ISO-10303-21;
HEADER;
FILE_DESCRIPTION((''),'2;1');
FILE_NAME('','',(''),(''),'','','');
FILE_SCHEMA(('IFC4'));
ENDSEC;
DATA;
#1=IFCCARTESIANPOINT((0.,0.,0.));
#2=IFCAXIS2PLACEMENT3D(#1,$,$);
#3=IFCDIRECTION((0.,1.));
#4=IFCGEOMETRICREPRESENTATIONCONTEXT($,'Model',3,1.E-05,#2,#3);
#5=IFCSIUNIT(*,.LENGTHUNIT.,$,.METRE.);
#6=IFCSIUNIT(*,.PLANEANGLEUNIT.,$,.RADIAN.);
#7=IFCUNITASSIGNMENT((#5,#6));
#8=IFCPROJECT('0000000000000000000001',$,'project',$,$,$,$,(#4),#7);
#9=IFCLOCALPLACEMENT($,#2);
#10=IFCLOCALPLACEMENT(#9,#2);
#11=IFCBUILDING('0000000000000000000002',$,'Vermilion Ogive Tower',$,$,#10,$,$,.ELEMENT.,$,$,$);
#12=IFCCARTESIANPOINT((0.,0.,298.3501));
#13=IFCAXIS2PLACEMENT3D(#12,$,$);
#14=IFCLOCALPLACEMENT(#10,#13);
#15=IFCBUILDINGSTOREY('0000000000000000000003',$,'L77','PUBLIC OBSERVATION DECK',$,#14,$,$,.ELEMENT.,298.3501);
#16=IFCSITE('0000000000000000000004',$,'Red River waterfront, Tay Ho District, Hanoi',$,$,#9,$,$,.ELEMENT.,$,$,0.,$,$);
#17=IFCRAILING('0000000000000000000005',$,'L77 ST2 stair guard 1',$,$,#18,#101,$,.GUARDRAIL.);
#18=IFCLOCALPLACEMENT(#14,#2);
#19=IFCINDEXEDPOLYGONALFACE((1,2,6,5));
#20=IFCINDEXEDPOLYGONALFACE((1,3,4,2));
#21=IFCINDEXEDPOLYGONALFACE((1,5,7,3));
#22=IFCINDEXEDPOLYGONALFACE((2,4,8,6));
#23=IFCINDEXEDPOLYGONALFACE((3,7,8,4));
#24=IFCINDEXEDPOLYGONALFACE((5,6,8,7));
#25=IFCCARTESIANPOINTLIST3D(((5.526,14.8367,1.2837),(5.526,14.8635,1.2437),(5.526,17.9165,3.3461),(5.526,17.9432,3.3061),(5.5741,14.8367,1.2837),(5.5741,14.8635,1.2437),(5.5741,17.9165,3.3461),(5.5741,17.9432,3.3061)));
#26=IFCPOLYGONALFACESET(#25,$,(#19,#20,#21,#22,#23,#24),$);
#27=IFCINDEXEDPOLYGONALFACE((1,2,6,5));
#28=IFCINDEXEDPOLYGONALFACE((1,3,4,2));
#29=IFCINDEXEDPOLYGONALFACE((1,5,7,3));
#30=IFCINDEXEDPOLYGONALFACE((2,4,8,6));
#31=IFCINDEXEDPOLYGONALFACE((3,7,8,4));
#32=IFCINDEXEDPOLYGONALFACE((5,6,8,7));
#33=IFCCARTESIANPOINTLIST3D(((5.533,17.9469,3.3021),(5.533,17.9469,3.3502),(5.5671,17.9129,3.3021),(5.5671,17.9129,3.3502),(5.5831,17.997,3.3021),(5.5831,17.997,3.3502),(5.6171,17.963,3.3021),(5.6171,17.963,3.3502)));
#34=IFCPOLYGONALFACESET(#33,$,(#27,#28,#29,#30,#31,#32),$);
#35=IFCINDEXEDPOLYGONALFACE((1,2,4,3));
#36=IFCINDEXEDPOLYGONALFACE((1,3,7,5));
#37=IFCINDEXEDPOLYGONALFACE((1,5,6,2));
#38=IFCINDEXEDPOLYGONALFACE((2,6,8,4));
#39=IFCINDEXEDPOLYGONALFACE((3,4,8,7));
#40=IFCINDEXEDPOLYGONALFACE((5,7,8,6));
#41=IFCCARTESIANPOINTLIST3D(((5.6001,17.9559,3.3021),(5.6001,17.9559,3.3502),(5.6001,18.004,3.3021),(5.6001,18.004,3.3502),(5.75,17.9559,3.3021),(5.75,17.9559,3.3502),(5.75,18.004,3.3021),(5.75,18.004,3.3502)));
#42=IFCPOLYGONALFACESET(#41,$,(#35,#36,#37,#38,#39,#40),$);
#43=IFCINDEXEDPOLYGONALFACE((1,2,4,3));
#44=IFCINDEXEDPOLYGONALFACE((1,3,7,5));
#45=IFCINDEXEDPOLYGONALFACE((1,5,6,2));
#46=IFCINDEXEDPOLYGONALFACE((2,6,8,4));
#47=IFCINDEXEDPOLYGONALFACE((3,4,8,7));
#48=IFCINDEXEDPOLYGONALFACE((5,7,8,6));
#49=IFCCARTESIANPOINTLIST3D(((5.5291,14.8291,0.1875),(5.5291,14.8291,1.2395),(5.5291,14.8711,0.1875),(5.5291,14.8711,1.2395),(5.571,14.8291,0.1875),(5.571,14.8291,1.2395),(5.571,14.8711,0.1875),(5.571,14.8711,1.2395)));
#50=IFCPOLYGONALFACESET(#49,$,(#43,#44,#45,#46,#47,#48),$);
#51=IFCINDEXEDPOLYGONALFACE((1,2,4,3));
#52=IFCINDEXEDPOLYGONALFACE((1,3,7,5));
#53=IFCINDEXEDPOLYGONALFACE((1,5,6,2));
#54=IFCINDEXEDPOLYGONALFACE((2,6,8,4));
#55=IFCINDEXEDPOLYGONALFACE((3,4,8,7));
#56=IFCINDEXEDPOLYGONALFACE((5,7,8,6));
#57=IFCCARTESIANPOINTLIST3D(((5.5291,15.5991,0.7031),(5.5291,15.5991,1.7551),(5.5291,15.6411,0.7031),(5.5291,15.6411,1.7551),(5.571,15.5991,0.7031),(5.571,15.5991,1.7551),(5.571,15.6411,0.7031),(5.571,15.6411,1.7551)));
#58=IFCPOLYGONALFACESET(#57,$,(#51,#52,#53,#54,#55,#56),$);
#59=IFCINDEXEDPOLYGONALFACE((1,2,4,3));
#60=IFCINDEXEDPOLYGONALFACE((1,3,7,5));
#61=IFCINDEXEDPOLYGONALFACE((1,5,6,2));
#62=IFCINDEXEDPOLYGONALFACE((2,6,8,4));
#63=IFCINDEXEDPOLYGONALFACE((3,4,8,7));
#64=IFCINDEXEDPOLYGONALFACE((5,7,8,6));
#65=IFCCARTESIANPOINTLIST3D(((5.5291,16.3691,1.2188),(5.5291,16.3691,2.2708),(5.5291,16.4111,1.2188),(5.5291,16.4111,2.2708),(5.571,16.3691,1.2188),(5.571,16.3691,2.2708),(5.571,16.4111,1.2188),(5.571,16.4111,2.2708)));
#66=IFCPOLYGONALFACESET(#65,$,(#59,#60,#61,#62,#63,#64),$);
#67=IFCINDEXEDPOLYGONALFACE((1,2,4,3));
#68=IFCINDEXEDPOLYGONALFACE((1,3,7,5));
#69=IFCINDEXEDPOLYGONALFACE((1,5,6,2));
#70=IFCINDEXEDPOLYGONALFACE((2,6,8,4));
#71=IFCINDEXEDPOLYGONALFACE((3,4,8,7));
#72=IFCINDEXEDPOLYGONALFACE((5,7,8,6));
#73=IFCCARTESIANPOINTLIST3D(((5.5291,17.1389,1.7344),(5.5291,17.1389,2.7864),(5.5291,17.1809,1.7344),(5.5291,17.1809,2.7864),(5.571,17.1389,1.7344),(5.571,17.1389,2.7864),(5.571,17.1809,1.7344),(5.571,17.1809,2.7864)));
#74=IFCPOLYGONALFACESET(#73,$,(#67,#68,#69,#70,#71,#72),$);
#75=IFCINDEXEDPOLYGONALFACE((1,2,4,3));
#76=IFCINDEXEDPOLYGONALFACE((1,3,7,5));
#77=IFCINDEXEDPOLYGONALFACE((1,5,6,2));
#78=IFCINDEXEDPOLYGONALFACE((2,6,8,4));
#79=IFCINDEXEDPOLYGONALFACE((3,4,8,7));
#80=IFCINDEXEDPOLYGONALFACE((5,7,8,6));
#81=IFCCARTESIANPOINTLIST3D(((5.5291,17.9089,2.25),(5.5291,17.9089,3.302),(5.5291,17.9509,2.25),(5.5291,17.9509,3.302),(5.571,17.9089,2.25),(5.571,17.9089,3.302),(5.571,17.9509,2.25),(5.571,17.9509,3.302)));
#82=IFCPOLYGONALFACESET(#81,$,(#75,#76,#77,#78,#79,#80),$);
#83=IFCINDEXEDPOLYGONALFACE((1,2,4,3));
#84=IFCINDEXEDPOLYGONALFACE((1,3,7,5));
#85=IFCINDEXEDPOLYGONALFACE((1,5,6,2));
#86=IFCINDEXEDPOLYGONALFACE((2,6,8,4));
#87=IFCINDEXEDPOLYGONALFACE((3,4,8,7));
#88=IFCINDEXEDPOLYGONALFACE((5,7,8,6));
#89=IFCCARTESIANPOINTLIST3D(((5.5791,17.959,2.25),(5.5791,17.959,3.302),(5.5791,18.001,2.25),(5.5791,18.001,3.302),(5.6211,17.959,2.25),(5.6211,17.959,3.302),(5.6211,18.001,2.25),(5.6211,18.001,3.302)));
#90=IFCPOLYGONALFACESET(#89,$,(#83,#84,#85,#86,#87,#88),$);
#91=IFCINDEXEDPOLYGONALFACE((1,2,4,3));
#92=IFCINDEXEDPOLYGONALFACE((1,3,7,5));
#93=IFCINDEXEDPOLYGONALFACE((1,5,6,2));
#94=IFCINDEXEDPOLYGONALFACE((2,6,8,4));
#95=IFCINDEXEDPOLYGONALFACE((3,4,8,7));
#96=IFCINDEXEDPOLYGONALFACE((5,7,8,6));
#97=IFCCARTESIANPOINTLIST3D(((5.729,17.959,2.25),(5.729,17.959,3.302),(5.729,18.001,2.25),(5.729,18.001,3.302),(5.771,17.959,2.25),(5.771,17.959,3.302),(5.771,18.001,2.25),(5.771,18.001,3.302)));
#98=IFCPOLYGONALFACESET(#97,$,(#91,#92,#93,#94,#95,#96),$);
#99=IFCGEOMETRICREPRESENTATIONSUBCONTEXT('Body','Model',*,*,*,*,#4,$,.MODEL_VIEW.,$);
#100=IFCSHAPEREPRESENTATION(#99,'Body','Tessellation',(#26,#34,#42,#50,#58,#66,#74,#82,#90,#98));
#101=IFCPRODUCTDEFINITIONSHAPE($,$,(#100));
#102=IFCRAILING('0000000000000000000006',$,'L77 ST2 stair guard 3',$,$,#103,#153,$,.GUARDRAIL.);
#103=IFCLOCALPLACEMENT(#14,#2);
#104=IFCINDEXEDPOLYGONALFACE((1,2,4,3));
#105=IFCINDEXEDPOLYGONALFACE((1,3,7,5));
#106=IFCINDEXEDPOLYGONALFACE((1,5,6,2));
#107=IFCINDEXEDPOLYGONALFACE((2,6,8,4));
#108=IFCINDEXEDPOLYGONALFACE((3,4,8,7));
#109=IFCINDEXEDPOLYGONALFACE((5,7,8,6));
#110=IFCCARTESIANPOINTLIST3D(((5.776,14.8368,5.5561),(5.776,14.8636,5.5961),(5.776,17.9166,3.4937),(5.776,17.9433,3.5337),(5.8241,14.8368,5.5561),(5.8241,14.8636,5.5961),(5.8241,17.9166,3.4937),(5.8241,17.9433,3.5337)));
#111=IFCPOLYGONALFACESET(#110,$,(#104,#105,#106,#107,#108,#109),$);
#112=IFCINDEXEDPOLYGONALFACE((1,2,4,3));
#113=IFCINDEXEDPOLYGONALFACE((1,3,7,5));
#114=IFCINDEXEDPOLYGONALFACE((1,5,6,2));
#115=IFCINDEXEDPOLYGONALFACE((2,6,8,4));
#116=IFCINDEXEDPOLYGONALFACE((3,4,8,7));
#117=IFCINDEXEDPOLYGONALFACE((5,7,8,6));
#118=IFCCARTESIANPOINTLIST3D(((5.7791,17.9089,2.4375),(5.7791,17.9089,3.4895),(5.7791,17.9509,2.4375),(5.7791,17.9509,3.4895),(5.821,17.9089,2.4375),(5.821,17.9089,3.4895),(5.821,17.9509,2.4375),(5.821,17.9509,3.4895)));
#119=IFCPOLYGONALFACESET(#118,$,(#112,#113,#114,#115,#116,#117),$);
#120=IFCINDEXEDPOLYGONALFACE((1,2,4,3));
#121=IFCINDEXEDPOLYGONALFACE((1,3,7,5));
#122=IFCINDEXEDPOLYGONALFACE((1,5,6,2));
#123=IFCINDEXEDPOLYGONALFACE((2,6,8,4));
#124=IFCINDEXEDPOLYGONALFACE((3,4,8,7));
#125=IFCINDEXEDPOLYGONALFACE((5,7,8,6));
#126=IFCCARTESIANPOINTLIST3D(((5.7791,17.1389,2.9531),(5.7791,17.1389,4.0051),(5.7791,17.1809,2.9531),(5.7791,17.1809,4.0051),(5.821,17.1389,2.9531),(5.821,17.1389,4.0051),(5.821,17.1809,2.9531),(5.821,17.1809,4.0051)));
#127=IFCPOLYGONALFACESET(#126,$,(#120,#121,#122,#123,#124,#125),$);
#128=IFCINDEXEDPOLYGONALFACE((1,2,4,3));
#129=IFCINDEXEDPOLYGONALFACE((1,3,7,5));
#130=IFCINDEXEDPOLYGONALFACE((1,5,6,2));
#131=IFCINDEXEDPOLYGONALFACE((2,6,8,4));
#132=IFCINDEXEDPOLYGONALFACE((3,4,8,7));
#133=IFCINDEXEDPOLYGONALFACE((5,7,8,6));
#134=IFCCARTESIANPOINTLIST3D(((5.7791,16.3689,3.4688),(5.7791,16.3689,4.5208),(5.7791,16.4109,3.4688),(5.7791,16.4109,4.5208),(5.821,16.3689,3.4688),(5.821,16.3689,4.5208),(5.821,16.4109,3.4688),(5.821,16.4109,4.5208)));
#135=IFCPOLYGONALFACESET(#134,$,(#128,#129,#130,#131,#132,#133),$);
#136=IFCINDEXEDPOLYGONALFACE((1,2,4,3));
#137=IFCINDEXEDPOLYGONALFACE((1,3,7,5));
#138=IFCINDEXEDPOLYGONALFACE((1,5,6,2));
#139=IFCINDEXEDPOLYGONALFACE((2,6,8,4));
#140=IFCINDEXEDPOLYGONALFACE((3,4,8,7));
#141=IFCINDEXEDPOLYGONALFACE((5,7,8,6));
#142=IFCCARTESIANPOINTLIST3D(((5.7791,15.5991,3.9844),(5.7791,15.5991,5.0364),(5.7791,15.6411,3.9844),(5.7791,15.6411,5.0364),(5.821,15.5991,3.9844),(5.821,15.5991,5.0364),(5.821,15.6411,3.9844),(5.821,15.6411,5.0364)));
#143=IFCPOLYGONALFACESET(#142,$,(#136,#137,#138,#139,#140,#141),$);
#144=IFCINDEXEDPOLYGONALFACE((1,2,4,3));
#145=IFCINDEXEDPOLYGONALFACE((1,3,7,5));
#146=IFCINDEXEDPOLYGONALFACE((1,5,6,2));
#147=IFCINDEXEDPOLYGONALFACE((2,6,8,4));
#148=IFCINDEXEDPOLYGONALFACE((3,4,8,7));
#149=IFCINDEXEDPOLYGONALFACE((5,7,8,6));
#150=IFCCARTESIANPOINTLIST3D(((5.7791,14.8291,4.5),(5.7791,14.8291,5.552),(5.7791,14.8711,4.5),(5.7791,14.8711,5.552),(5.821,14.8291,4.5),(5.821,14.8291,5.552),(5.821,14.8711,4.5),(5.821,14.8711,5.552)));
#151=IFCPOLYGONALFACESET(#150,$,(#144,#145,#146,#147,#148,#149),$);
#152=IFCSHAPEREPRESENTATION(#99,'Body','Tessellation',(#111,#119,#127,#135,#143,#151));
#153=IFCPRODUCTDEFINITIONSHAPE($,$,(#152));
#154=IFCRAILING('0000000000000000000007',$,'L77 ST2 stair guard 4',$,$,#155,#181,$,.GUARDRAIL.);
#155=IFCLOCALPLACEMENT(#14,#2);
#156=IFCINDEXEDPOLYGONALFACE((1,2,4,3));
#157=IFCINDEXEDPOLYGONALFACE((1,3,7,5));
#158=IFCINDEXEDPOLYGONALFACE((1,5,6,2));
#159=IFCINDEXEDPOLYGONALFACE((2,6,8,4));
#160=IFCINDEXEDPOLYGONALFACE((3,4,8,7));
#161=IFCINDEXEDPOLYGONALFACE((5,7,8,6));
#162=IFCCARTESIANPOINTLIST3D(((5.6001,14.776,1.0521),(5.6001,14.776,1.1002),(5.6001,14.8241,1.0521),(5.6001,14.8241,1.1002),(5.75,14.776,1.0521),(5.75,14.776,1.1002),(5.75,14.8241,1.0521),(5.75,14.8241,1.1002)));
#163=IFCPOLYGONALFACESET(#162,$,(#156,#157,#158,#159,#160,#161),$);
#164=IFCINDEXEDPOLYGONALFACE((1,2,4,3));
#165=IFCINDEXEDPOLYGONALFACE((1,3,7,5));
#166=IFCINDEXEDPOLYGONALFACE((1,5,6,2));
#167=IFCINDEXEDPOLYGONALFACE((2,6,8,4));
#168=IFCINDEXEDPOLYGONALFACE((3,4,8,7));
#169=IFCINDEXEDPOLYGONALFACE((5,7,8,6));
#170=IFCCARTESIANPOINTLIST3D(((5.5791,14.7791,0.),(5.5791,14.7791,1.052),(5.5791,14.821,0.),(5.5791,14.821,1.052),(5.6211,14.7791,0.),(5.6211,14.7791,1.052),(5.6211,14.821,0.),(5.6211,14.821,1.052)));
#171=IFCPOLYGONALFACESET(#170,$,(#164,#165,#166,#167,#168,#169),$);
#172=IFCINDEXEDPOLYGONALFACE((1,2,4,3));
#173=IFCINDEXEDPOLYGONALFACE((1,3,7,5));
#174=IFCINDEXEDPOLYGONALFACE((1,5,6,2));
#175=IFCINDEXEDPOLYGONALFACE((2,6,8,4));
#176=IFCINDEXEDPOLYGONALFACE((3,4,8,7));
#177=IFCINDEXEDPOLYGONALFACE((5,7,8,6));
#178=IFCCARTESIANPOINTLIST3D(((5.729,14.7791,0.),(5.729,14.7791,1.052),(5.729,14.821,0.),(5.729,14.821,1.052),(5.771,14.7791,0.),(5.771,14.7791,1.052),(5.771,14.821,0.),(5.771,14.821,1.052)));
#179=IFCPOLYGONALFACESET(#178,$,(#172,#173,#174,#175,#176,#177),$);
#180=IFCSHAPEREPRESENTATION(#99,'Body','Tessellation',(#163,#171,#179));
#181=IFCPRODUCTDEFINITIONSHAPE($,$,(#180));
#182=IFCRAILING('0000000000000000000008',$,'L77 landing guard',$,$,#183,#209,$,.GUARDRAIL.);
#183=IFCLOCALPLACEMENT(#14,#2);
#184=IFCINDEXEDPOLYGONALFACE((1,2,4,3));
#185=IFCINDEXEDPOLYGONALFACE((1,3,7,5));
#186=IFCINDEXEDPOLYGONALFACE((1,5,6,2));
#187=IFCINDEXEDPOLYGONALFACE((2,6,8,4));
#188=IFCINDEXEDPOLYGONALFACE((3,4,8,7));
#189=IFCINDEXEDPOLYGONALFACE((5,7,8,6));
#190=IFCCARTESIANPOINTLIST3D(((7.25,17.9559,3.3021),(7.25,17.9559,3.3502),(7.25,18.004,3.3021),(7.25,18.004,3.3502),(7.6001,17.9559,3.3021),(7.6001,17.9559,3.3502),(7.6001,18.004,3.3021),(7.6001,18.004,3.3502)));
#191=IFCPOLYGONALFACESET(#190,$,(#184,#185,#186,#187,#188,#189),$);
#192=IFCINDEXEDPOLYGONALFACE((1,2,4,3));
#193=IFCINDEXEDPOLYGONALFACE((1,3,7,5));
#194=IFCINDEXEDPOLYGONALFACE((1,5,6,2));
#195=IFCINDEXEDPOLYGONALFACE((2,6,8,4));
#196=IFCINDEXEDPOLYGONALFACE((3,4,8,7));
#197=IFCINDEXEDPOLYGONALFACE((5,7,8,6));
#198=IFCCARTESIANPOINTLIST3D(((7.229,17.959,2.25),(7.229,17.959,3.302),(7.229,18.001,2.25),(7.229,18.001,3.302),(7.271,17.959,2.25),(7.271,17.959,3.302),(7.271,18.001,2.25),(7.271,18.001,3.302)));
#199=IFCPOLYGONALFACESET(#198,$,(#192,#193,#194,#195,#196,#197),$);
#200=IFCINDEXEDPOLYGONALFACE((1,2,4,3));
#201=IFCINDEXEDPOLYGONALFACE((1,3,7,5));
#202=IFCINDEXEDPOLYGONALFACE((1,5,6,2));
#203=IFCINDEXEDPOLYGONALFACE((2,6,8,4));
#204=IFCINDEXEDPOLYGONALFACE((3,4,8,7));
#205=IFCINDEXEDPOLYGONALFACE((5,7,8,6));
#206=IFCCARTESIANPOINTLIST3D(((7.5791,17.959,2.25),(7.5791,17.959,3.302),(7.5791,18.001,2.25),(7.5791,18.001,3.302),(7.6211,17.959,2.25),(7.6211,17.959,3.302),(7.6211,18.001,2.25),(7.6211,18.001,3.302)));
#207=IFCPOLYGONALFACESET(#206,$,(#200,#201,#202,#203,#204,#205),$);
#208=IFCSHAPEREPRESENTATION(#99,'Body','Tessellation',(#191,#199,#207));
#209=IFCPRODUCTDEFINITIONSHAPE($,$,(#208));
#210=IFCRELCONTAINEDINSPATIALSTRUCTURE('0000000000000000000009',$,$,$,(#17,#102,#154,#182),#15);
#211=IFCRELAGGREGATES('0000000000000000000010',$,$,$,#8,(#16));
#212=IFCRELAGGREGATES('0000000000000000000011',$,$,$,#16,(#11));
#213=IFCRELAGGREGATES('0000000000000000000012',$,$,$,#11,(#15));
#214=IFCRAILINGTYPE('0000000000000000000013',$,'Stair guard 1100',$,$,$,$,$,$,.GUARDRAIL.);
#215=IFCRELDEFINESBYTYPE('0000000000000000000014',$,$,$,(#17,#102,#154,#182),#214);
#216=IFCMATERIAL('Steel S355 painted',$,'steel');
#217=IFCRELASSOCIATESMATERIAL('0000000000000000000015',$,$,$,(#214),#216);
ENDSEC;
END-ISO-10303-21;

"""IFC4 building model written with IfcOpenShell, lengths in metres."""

from ifc_helpers import new_model, si_unit, direction, frame, origin, origin_2d, place, context, subcontext, project, spatial, rectangle, extrude, material, type_object, element, save


model = new_model("IFC4")

# Units and contexts
model_context = context("Model", 3, precision=1e-05, world=origin(), true_north=direction((0.0, 1.0)))
body_context = subcontext(model_context, "Body", "Model", "MODEL_VIEW")
ifc_project = project(units=[si_unit("LENGTHUNIT", "METRE"), si_unit("PLANEANGLEUNIT", "RADIAN")], contexts=[model_context])

# Site, building, storey
site_placement = place(None, origin())
site = spatial("IfcSite", under=ifc_project, at=site_placement, Name="Red River waterfront, Tay Ho District, Hanoi", CompositionType="ELEMENT", RefElevation=0.0)
building_placement = place(site_placement, origin())
building = spatial("IfcBuilding", under=site, at=building_placement, Name="Vermilion Ogive Tower", CompositionType="ELEMENT")
storey_placement = place(building_placement, frame((0.0, 0.0, 298.3501)))
storey = spatial("IfcBuildingStorey", under=building, at=storey_placement, Name="L77", Description="PUBLIC OBSERVATION DECK", CompositionType="ELEMENT", Elevation=298.3501)

# Railings
ifc_material_1 = material(Name="Steel S355 painted", Category="steel")
railing_type_1 = type_object("IfcRailingType", Name="Stair guard 1100", PredefinedType="GUARDRAIL", material=ifc_material_1)
railing_1_placement = place(storey_placement, frame((5.55, 14.8501, 0.1875)))
element("IfcRailing", 1, at=railing_1_placement, inside=storey, type_object=railing_type_1, Name="L77 ST2 stair guard 1", PredefinedType="GUARDRAIL", context=body_context, shape_type="SweptSolid", body=[
    extrude(rectangle(XDim=0.0481, YDim=0.0481, at=origin_2d()), frame((0.0, 0.0, 1.0762), z_axis=(0.0, 0.830893, 0.556432), x_axis=(-1.0, 0.0, 0.0)), (0.0, 0.0, 1.0), 3.7065),
    extrude(rectangle(XDim=0.0481, YDim=0.0481, at=origin_2d()), frame((0.0, 3.0798, 3.1387), z_axis=(0.707107, 0.707107, 0.0), x_axis=(-0.707107, 0.707107, 0.0)), (0.0, 0.0, 1.0), 0.0708),
    extrude(rectangle(XDim=0.0481, YDim=0.0481, at=origin_2d()), frame((0.05, 3.1299, 3.1387), z_axis=(1.0, 0.0, 0.0), x_axis=(0.0, 1.0, 0.0)), (0.0, 0.0, 1.0), 0.1499),
    extrude(rectangle(XDim=0.042, YDim=0.042, at=origin_2d()), origin(), (0.0, 0.0, 1.0), 1.052),
    extrude(rectangle(XDim=0.042, YDim=0.042, at=origin_2d()), frame((0.0, 0.77, 0.5156)), (0.0, 0.0, 1.0), 1.052),
    extrude(rectangle(XDim=0.042, YDim=0.042, at=origin_2d()), frame((0.0, 1.54, 1.0312)), (0.0, 0.0, 1.0), 1.052),
    extrude(rectangle(XDim=0.042, YDim=0.042, at=origin_2d()), frame((0.0, 2.3098, 1.5469)), (0.0, 0.0, 1.0), 1.052),
    extrude(rectangle(XDim=0.042, YDim=0.042, at=origin_2d()), frame((0.0, 3.0798, 2.0625)), (0.0, 0.0, 1.0), 1.052),
    extrude(rectangle(XDim=0.042, YDim=0.042, at=origin_2d()), frame((0.05, 3.1299, 2.0625)), (0.0, 0.0, 1.0), 1.052),
    extrude(rectangle(XDim=0.042, YDim=0.042, at=origin_2d()), frame((0.2, 3.1299, 2.0625)), (0.0, 0.0, 1.0), 1.052),
])
railing_2_placement = place(storey_placement, frame((5.8, 17.9299, 2.4375)))
element("IfcRailing", 2, at=railing_2_placement, inside=storey, type_object=railing_type_1, Name="L77 ST2 stair guard 3", PredefinedType="GUARDRAIL", context=body_context, shape_type="SweptSolid", body=[
    extrude(rectangle(XDim=0.0481, YDim=0.0481, at=origin_2d()), frame((0.0, 0.0, 1.0762), z_axis=(0.0, -0.830893, 0.556432), x_axis=(1.0, 0.0, 0.0)), (0.0, 0.0, 1.0), 3.7065),
    extrude(rectangle(XDim=0.042, YDim=0.042, at=origin_2d()), origin(), (0.0, 0.0, 1.0), 1.052),
    extrude(rectangle(XDim=0.042, YDim=0.042, at=origin_2d()), frame((0.0, -0.77, 0.5156)), (0.0, 0.0, 1.0), 1.052),
    extrude(rectangle(XDim=0.042, YDim=0.042, at=origin_2d()), frame((0.0, -1.54, 1.0312)), (0.0, 0.0, 1.0), 1.052),
    extrude(rectangle(XDim=0.042, YDim=0.042, at=origin_2d()), frame((0.0, -2.3098, 1.5469)), (0.0, 0.0, 1.0), 1.052),
    extrude(rectangle(XDim=0.042, YDim=0.042, at=origin_2d()), frame((0.0, -3.0798, 2.0625)), (0.0, 0.0, 1.0), 1.052),
])
railing_3_placement = place(storey_placement, frame((5.6001, 14.8, 0.0)))
element("IfcRailing", 3, at=railing_3_placement, inside=storey, type_object=railing_type_1, Name="L77 ST2 stair guard 4", PredefinedType="GUARDRAIL", context=body_context, shape_type="SweptSolid", body=[
    extrude(rectangle(XDim=0.0481, YDim=0.0481, at=origin_2d()), frame((0.0, 0.0, 1.0762), z_axis=(1.0, 0.0, 0.0), x_axis=(0.0, 1.0, 0.0)), (0.0, 0.0, 1.0), 0.1499),
    extrude(rectangle(XDim=0.042, YDim=0.042, at=origin_2d()), origin(), (0.0, 0.0, 1.0), 1.052),
    extrude(rectangle(XDim=0.042, YDim=0.042, at=origin_2d()), frame((0.1499, 0.0, 0.0)), (0.0, 0.0, 1.0), 1.052),
])
railing_4_placement = place(storey_placement, frame((7.25, 17.98, 2.25)))
element("IfcRailing", 4, at=railing_4_placement, inside=storey, type_object=railing_type_1, Name="L77 landing guard", PredefinedType="GUARDRAIL", context=body_context, shape_type="SweptSolid", body=[
    extrude(rectangle(XDim=0.0481, YDim=0.0481, at=origin_2d()), frame((0.0, 0.0, 1.0762), z_axis=(1.0, 0.0, 0.0), x_axis=(0.0, 1.0, 0.0)), (0.0, 0.0, 1.0), 0.3501),
    extrude(rectangle(XDim=0.042, YDim=0.042, at=origin_2d()), origin(), (0.0, 0.0, 1.0), 1.052),
    extrude(rectangle(XDim=0.042, YDim=0.042, at=origin_2d()), frame((0.3501, 0.0, 0.0)), (0.0, 0.0, 1.0), 1.052),
])

save(model, "model.ifc")
